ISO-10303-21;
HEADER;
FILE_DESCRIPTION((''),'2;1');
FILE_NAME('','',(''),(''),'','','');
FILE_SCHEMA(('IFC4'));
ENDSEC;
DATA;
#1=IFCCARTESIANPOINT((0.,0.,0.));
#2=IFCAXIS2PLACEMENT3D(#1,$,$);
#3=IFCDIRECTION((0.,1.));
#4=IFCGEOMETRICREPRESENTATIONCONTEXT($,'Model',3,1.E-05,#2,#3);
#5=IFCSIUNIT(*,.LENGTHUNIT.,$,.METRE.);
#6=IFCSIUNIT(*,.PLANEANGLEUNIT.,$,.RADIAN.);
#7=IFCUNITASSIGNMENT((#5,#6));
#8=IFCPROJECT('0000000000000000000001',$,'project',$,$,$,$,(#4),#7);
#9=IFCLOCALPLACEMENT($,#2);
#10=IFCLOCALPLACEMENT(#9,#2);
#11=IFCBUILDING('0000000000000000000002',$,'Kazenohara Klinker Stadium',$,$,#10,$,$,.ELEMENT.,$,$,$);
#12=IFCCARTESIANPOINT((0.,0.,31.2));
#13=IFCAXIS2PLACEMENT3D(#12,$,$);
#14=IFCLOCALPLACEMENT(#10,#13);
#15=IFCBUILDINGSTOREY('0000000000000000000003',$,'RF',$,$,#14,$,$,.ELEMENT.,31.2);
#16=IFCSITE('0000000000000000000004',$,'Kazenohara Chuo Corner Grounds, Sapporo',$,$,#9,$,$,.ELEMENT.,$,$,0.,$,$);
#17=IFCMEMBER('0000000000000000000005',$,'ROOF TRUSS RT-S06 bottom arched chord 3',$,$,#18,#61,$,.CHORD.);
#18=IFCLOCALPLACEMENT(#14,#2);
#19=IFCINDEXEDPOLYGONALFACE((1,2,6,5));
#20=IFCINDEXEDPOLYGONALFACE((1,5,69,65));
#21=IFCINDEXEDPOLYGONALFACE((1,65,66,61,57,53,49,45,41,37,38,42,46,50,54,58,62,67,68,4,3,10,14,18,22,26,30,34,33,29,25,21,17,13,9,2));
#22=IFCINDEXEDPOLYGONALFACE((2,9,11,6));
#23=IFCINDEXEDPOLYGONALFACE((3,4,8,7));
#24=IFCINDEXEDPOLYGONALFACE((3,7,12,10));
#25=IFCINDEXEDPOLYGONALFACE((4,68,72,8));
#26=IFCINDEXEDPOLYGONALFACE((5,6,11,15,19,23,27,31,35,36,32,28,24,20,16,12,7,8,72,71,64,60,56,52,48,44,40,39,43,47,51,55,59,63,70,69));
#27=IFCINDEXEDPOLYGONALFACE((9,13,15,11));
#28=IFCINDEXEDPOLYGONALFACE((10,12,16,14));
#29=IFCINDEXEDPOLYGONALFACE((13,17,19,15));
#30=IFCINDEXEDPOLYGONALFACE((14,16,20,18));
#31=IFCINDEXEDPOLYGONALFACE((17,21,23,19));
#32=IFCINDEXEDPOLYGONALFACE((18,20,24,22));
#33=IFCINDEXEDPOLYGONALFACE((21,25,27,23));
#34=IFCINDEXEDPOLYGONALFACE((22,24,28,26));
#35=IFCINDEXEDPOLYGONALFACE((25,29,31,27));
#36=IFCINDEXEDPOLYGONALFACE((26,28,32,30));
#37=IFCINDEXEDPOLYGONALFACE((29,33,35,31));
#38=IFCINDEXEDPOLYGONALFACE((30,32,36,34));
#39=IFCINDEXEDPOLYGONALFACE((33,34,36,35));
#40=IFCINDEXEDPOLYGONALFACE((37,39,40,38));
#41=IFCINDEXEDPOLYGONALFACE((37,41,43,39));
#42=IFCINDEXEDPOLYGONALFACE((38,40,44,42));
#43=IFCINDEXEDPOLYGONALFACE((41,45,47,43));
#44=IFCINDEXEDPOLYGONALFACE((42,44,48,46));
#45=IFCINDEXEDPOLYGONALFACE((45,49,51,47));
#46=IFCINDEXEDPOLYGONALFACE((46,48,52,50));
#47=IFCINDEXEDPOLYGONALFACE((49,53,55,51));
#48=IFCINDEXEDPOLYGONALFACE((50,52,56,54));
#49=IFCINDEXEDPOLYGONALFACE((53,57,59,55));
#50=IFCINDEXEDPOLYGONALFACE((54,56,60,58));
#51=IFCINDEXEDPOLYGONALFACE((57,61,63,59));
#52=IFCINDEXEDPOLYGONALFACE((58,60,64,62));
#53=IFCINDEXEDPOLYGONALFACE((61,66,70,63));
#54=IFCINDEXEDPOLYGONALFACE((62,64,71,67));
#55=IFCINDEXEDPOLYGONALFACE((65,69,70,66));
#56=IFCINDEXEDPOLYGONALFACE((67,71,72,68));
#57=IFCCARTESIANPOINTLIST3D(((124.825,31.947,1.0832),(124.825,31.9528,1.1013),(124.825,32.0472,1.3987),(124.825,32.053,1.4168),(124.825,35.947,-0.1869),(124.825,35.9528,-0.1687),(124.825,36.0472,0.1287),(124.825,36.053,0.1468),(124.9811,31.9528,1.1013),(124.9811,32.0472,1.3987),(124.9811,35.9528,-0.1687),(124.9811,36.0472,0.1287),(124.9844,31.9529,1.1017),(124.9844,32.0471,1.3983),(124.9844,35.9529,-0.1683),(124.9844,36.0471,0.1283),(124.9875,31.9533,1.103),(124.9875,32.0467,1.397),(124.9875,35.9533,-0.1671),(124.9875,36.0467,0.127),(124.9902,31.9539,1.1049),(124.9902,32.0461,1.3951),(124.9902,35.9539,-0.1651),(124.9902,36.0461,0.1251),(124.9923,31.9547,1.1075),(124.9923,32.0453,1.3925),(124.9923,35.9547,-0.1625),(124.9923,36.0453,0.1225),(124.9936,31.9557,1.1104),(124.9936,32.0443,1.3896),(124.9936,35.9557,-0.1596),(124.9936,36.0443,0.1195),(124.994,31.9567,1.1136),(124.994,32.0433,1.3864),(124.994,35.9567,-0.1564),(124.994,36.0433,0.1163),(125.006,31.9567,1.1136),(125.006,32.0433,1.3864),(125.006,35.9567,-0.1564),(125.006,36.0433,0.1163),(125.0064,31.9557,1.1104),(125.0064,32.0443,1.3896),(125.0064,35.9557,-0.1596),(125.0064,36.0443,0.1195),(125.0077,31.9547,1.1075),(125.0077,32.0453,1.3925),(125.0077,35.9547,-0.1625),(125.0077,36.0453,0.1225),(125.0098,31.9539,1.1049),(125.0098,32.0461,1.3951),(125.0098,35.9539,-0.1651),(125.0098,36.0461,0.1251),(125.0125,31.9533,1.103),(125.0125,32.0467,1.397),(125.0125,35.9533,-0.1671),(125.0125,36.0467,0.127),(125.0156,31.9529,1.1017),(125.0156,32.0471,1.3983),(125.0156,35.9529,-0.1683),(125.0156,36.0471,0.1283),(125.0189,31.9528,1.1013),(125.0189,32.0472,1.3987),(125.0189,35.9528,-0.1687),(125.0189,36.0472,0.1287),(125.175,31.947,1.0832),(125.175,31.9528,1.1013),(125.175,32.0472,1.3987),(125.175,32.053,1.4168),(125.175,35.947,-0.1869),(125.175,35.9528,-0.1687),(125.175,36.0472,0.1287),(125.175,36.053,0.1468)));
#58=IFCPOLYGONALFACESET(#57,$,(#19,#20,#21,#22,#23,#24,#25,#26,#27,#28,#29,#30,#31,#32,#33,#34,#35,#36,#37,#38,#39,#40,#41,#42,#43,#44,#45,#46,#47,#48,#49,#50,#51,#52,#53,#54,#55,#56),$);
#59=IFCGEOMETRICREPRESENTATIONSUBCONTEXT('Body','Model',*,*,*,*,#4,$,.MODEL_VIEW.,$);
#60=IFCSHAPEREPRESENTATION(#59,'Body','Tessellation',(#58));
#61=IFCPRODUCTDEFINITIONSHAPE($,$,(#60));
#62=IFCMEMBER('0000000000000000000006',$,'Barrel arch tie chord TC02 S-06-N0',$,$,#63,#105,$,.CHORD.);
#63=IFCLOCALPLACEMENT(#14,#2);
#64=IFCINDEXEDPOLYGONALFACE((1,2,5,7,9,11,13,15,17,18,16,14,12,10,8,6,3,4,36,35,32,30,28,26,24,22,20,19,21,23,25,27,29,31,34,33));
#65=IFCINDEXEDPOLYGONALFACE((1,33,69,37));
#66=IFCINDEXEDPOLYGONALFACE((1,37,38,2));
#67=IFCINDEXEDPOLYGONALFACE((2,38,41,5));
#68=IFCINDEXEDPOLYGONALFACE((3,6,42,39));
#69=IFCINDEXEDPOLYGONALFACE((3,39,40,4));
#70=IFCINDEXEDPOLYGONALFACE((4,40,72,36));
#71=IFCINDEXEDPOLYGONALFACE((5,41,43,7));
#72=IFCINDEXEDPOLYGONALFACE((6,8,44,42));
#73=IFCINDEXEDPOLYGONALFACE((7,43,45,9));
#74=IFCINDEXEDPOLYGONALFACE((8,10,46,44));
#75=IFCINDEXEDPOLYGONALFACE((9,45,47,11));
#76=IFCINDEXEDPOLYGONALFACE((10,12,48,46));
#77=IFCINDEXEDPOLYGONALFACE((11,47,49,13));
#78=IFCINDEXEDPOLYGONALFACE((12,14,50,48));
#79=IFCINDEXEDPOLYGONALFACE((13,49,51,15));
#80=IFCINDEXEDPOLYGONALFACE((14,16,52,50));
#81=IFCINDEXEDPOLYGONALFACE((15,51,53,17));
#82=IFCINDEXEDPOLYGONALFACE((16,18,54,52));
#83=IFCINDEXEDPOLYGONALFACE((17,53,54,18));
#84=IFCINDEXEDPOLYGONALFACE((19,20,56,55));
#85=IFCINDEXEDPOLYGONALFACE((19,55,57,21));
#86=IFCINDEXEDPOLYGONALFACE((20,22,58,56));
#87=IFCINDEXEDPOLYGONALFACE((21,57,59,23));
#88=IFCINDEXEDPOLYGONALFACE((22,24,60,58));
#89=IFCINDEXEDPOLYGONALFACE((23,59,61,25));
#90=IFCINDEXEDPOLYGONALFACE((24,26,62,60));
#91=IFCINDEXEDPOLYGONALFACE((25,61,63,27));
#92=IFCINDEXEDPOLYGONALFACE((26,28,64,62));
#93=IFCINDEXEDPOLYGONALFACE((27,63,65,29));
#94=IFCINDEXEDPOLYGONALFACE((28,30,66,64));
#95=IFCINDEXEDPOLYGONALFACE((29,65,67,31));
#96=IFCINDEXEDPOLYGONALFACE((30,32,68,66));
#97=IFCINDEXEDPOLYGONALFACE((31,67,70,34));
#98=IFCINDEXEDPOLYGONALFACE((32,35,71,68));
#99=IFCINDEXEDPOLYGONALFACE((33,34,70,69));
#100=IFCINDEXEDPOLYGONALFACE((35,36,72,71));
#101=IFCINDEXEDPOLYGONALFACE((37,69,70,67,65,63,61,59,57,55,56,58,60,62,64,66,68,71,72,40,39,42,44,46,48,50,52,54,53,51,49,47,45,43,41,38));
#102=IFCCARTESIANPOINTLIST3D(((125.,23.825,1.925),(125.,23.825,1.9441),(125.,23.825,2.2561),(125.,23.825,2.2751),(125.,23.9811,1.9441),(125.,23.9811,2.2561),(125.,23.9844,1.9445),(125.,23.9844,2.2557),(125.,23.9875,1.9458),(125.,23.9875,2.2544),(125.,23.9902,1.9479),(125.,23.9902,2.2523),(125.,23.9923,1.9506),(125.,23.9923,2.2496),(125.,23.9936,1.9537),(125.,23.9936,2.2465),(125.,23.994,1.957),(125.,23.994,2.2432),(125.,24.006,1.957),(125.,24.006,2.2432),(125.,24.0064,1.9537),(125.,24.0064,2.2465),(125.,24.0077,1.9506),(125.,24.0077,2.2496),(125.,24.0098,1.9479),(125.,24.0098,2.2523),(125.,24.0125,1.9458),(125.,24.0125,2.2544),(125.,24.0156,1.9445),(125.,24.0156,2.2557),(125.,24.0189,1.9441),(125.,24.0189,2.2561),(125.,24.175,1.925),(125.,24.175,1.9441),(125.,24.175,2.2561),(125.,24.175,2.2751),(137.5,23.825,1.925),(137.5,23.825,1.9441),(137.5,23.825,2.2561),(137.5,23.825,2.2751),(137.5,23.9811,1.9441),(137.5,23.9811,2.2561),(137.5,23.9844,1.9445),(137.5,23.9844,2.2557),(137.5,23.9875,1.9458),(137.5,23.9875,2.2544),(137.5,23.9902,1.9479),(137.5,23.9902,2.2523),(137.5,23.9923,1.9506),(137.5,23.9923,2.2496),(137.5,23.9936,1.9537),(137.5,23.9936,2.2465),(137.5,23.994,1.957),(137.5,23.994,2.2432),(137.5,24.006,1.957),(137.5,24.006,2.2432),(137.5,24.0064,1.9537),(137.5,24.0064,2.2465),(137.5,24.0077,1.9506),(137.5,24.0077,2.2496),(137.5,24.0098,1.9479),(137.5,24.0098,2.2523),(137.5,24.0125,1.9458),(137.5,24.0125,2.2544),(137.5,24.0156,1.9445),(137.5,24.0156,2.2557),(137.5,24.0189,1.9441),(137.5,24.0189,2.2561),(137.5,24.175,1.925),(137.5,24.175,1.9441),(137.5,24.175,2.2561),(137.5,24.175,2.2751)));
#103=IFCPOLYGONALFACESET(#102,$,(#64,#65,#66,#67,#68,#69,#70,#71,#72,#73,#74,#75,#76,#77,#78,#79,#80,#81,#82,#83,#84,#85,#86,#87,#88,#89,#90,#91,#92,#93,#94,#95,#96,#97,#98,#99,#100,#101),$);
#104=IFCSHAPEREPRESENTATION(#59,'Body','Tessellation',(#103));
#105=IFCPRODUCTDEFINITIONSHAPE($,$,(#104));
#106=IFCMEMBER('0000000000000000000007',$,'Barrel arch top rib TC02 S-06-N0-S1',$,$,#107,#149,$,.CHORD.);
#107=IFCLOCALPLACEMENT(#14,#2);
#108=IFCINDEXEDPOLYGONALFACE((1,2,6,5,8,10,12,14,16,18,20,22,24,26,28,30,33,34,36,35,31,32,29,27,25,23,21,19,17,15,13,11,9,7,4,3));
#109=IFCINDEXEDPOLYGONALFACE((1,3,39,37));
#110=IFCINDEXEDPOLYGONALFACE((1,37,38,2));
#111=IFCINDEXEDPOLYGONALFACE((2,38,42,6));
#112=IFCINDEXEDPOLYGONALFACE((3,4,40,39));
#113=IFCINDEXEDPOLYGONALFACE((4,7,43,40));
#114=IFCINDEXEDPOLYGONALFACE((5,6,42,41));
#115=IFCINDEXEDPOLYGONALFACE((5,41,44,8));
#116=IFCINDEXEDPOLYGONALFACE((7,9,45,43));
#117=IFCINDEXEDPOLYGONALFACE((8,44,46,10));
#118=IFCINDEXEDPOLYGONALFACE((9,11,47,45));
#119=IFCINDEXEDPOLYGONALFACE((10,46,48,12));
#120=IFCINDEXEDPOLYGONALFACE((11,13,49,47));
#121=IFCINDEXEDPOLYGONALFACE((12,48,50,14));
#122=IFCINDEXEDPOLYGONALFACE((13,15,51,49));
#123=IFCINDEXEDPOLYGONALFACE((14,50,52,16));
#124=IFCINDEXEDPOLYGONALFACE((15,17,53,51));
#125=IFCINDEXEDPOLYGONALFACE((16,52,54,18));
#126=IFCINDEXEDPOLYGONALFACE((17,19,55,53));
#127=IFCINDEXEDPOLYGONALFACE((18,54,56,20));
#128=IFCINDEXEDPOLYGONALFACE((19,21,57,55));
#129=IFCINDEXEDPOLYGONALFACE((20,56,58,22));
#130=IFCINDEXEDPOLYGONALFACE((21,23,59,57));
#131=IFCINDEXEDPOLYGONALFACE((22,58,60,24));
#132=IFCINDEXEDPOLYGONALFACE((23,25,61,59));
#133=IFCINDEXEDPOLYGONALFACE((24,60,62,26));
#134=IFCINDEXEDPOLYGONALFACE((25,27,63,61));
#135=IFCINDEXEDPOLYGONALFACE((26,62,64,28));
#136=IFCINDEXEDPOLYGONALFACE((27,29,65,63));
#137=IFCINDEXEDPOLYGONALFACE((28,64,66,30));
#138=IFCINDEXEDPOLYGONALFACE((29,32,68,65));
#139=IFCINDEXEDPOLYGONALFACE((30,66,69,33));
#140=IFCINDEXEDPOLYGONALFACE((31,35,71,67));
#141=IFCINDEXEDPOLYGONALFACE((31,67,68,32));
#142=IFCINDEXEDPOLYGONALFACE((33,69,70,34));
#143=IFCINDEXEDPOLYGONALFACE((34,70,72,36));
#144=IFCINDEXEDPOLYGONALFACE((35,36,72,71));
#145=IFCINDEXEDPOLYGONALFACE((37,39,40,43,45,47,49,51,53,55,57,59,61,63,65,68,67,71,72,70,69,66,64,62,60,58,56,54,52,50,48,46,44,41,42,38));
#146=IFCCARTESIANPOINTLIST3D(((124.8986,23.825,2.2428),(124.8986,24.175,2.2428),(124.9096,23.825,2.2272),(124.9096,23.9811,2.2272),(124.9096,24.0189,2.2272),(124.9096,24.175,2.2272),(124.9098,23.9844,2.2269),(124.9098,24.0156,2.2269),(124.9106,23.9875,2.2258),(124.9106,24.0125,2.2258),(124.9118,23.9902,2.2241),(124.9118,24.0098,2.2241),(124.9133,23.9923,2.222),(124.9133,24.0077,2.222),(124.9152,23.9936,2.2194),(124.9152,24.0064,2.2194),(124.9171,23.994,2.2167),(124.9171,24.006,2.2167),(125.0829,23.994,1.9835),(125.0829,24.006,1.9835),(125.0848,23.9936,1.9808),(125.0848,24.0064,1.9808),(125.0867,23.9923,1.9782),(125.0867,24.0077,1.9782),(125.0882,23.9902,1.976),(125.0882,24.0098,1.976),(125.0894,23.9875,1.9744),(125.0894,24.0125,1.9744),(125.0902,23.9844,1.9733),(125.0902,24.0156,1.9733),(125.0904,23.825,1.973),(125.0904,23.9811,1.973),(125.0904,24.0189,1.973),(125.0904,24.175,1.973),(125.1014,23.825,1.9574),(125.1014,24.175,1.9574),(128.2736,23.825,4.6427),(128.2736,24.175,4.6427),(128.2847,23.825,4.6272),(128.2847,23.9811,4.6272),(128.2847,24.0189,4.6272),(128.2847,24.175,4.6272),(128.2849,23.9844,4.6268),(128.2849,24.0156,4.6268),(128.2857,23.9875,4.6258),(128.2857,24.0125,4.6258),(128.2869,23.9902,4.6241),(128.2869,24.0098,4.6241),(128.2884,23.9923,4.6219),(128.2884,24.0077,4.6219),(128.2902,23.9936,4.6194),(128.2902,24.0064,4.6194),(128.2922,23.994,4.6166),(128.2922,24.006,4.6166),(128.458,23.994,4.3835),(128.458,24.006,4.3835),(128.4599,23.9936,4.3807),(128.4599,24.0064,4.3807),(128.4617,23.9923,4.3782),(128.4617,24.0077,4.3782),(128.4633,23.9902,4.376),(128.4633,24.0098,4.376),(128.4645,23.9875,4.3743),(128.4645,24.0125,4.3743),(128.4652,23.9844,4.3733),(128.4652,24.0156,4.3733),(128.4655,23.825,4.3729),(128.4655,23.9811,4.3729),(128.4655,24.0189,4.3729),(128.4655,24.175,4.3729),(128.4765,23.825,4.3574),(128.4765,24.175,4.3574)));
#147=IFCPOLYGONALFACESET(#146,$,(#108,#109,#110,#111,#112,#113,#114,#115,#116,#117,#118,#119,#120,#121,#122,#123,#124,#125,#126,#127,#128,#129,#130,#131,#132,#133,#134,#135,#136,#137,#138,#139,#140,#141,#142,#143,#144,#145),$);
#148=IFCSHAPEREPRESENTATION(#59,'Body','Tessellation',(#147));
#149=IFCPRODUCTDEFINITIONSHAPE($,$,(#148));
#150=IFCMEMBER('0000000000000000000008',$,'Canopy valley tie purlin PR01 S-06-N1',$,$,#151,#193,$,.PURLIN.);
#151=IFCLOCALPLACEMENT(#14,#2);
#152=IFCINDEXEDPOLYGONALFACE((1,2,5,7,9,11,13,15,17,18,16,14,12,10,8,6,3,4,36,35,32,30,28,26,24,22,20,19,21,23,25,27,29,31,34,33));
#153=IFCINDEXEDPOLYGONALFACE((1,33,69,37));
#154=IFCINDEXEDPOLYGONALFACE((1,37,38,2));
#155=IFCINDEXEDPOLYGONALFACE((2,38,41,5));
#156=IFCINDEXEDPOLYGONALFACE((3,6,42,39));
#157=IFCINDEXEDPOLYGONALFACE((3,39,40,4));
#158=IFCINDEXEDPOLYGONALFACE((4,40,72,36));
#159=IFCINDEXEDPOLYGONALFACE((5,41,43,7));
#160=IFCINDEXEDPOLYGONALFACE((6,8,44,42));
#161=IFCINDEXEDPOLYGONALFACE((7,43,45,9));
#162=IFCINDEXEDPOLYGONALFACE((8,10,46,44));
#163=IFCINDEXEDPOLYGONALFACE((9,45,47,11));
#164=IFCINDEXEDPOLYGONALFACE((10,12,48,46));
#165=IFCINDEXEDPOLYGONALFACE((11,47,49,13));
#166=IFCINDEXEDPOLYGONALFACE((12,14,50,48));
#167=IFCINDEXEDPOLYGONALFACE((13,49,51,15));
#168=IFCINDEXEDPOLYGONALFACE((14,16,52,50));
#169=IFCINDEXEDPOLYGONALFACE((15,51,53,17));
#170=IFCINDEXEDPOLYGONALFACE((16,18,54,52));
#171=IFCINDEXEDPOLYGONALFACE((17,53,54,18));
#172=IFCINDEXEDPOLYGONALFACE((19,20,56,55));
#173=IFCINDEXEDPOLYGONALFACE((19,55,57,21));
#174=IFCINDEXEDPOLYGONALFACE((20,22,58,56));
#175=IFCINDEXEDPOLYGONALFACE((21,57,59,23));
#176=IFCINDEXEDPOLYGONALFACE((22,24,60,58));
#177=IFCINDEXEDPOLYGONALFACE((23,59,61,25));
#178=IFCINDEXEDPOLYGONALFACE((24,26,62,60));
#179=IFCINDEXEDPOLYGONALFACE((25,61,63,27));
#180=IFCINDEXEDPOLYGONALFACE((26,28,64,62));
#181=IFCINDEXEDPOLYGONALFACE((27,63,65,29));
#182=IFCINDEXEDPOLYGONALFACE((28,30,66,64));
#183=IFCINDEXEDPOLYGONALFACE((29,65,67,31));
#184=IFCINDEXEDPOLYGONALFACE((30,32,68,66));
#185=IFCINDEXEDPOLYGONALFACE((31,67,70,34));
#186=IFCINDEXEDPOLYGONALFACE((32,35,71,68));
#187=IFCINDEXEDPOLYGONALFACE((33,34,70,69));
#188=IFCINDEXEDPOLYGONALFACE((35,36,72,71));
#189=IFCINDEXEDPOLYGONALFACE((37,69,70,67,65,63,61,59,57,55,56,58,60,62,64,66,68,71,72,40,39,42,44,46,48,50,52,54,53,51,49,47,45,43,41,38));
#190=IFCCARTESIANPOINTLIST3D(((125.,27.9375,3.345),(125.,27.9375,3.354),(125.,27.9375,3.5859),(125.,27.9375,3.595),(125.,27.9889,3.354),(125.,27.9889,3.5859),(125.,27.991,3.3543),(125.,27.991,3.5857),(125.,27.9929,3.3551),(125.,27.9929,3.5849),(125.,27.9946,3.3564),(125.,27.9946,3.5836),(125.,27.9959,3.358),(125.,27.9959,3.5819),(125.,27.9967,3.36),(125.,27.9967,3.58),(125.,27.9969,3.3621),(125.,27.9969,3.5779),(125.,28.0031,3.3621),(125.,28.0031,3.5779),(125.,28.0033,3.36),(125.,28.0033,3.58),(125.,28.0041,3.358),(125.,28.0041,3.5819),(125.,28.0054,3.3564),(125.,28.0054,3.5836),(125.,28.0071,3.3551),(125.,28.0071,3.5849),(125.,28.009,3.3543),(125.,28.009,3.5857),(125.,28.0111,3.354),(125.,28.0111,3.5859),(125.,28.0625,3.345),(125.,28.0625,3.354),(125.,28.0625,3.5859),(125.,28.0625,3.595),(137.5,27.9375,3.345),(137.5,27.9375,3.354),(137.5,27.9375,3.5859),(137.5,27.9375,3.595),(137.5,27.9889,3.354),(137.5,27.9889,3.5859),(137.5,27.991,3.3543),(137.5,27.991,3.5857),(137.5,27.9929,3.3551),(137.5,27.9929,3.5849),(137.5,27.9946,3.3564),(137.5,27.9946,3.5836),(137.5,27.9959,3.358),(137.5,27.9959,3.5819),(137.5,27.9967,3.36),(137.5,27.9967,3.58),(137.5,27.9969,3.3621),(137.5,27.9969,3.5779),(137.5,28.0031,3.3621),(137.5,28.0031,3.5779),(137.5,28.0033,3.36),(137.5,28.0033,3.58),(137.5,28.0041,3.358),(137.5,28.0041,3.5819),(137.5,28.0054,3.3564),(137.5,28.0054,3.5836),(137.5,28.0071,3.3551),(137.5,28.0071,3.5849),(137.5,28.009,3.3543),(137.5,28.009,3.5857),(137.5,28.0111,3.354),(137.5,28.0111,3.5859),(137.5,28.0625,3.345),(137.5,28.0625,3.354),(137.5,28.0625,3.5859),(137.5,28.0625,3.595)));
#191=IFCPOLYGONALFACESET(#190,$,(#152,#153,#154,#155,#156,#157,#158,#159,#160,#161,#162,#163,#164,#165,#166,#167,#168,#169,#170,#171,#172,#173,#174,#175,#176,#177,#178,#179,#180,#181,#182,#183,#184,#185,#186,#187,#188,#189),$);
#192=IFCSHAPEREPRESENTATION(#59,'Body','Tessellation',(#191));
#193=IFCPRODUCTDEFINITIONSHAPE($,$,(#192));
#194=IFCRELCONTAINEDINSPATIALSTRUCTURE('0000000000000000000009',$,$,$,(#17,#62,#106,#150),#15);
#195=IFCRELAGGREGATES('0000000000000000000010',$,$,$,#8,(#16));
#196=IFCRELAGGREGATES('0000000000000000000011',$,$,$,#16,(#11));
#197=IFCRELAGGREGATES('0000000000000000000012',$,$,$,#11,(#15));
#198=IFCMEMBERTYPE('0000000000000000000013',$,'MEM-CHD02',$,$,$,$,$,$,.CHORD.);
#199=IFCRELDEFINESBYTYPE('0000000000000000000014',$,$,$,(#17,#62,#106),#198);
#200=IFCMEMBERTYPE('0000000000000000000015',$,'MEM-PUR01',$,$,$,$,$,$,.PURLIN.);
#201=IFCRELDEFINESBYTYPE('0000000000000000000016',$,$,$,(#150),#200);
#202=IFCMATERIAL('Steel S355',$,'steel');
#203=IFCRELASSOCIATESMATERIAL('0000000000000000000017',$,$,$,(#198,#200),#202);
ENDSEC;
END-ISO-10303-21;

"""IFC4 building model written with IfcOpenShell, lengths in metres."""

from ifc_helpers import new_model, si_unit, direction, frame, origin, origin_2d, place, context, subcontext, project, spatial, i_section, extrude, material, material_profile, profile_set, type_object, element, save


model = new_model("IFC4")

# Units and contexts
model_context = context("Model", 3, precision=1e-05, world=origin(), true_north=direction((0.0, 1.0)))
body_context = subcontext(model_context, "Body", "Model", "MODEL_VIEW")
ifc_project = project(units=[si_unit("LENGTHUNIT", "METRE"), si_unit("PLANEANGLEUNIT", "RADIAN")], contexts=[model_context])

# Site, building, storey
site_placement = place(None, origin())
site = spatial("IfcSite", under=ifc_project, at=site_placement, Name="Kazenohara Chuo Corner Grounds, Sapporo", CompositionType="ELEMENT", RefElevation=0.0)
building_placement = place(site_placement, origin())
building = spatial("IfcBuilding", under=site, at=building_placement, Name="Kazenohara Klinker Stadium", CompositionType="ELEMENT")
storey_placement = place(building_placement, frame((0.0, 0.0, 31.2)))
storey = spatial("IfcBuildingStorey", under=building, at=storey_placement, Name="RF", CompositionType="ELEMENT", Elevation=31.2)

# Members
ifc_material_1 = material(Name="Steel S355", Category="steel")
ifc_material_profile_1 = material_profile(ifc_material_1, i_section(OverallWidth=0.3501, OverallDepth=0.3501, WebThickness=0.012, FlangeThickness=0.019, FilletRadius=0.0129, at=origin_2d()), Name="H-350x350x12x19")
ifc_profile_set_1 = profile_set([ifc_material_profile_1], Name="Steel S355")
member_type_1 = type_object("IfcMemberType", Name="MEM-CHD02", PredefinedType="CHORD", material=ifc_profile_set_1)
member_1_placement = place(storey_placement, frame((125.0, 32.0, 1.25), z_axis=(0.0, 0.953112, -0.302618), x_axis=(-1.0, 0.0, 0.0)))
element("IfcMember", 1, at=member_1_placement, inside=storey, type_object=member_type_1, Name="ROOF TRUSS RT-S06 bottom arched chord 3", PredefinedType="CHORD", context=body_context, shape_type="SweptSolid", body=[
    extrude(i_section(OverallWidth=0.3501, OverallDepth=0.3501, WebThickness=0.012, FlangeThickness=0.019, FilletRadius=0.0129, at=origin_2d()), origin(), (0.0, 0.0, 1.0), 4.1968),
])
member_2_placement = place(storey_placement, frame((125.0, 24.0, 2.1001), z_axis=(1.0, 0.0, 0.0), x_axis=(0.0, 1.0, 0.0)))
element("IfcMember", 2, at=member_2_placement, inside=storey, type_object=member_type_1, Name="Barrel arch tie chord TC02 S-06-N0", PredefinedType="CHORD", context=body_context, shape_type="SweptSolid", body=[
    extrude(i_section(OverallWidth=0.3501, OverallDepth=0.3501, WebThickness=0.012, FlangeThickness=0.019, FilletRadius=0.0129, at=origin_2d()), origin(), (0.0, 0.0, 1.0), 12.5),
])
member_3_placement = place(storey_placement, frame((125.0, 24.0, 2.1001), z_axis=(0.814966, 0.0, 0.579508), x_axis=(0.0, 1.0, 0.0)))
element("IfcMember", 3, at=member_3_placement, inside=storey, type_object=member_type_1, Name="Barrel arch top rib TC02 S-06-N0-S1", PredefinedType="CHORD", context=body_context, shape_type="SweptSolid", body=[
    extrude(i_section(OverallWidth=0.3501, OverallDepth=0.3501, WebThickness=0.012, FlangeThickness=0.019, FilletRadius=0.0129, at=origin_2d()), origin(), (0.0, 0.0, 1.0), 4.1414),
])
ifc_material_profile_2 = material_profile(ifc_material_1, i_section(OverallWidth=0.125, OverallDepth=0.25, WebThickness=0.0061, FlangeThickness=0.009, FilletRadius=0.0081, at=origin_2d()), Name="H-250x125x6x9")
ifc_profile_set_2 = profile_set([ifc_material_profile_2], Name="Steel S355")
member_type_2 = type_object("IfcMemberType", Name="MEM-PUR01", PredefinedType="PURLIN", material=ifc_profile_set_2)
member_4_placement = place(storey_placement, frame((125.0, 28.0, 3.47), z_axis=(1.0, 0.0, 0.0), x_axis=(0.0, 1.0, 0.0)))
element("IfcMember", 4, at=member_4_placement, inside=storey, type_object=member_type_2, Name="Canopy valley tie purlin PR01 S-06-N1", PredefinedType="PURLIN", context=body_context, shape_type="SweptSolid", body=[
    extrude(i_section(OverallWidth=0.125, OverallDepth=0.25, WebThickness=0.0061, FlangeThickness=0.009, FilletRadius=0.0081, at=origin_2d()), origin(), (0.0, 0.0, 1.0), 12.5),
])

save(model, "model.ifc")
